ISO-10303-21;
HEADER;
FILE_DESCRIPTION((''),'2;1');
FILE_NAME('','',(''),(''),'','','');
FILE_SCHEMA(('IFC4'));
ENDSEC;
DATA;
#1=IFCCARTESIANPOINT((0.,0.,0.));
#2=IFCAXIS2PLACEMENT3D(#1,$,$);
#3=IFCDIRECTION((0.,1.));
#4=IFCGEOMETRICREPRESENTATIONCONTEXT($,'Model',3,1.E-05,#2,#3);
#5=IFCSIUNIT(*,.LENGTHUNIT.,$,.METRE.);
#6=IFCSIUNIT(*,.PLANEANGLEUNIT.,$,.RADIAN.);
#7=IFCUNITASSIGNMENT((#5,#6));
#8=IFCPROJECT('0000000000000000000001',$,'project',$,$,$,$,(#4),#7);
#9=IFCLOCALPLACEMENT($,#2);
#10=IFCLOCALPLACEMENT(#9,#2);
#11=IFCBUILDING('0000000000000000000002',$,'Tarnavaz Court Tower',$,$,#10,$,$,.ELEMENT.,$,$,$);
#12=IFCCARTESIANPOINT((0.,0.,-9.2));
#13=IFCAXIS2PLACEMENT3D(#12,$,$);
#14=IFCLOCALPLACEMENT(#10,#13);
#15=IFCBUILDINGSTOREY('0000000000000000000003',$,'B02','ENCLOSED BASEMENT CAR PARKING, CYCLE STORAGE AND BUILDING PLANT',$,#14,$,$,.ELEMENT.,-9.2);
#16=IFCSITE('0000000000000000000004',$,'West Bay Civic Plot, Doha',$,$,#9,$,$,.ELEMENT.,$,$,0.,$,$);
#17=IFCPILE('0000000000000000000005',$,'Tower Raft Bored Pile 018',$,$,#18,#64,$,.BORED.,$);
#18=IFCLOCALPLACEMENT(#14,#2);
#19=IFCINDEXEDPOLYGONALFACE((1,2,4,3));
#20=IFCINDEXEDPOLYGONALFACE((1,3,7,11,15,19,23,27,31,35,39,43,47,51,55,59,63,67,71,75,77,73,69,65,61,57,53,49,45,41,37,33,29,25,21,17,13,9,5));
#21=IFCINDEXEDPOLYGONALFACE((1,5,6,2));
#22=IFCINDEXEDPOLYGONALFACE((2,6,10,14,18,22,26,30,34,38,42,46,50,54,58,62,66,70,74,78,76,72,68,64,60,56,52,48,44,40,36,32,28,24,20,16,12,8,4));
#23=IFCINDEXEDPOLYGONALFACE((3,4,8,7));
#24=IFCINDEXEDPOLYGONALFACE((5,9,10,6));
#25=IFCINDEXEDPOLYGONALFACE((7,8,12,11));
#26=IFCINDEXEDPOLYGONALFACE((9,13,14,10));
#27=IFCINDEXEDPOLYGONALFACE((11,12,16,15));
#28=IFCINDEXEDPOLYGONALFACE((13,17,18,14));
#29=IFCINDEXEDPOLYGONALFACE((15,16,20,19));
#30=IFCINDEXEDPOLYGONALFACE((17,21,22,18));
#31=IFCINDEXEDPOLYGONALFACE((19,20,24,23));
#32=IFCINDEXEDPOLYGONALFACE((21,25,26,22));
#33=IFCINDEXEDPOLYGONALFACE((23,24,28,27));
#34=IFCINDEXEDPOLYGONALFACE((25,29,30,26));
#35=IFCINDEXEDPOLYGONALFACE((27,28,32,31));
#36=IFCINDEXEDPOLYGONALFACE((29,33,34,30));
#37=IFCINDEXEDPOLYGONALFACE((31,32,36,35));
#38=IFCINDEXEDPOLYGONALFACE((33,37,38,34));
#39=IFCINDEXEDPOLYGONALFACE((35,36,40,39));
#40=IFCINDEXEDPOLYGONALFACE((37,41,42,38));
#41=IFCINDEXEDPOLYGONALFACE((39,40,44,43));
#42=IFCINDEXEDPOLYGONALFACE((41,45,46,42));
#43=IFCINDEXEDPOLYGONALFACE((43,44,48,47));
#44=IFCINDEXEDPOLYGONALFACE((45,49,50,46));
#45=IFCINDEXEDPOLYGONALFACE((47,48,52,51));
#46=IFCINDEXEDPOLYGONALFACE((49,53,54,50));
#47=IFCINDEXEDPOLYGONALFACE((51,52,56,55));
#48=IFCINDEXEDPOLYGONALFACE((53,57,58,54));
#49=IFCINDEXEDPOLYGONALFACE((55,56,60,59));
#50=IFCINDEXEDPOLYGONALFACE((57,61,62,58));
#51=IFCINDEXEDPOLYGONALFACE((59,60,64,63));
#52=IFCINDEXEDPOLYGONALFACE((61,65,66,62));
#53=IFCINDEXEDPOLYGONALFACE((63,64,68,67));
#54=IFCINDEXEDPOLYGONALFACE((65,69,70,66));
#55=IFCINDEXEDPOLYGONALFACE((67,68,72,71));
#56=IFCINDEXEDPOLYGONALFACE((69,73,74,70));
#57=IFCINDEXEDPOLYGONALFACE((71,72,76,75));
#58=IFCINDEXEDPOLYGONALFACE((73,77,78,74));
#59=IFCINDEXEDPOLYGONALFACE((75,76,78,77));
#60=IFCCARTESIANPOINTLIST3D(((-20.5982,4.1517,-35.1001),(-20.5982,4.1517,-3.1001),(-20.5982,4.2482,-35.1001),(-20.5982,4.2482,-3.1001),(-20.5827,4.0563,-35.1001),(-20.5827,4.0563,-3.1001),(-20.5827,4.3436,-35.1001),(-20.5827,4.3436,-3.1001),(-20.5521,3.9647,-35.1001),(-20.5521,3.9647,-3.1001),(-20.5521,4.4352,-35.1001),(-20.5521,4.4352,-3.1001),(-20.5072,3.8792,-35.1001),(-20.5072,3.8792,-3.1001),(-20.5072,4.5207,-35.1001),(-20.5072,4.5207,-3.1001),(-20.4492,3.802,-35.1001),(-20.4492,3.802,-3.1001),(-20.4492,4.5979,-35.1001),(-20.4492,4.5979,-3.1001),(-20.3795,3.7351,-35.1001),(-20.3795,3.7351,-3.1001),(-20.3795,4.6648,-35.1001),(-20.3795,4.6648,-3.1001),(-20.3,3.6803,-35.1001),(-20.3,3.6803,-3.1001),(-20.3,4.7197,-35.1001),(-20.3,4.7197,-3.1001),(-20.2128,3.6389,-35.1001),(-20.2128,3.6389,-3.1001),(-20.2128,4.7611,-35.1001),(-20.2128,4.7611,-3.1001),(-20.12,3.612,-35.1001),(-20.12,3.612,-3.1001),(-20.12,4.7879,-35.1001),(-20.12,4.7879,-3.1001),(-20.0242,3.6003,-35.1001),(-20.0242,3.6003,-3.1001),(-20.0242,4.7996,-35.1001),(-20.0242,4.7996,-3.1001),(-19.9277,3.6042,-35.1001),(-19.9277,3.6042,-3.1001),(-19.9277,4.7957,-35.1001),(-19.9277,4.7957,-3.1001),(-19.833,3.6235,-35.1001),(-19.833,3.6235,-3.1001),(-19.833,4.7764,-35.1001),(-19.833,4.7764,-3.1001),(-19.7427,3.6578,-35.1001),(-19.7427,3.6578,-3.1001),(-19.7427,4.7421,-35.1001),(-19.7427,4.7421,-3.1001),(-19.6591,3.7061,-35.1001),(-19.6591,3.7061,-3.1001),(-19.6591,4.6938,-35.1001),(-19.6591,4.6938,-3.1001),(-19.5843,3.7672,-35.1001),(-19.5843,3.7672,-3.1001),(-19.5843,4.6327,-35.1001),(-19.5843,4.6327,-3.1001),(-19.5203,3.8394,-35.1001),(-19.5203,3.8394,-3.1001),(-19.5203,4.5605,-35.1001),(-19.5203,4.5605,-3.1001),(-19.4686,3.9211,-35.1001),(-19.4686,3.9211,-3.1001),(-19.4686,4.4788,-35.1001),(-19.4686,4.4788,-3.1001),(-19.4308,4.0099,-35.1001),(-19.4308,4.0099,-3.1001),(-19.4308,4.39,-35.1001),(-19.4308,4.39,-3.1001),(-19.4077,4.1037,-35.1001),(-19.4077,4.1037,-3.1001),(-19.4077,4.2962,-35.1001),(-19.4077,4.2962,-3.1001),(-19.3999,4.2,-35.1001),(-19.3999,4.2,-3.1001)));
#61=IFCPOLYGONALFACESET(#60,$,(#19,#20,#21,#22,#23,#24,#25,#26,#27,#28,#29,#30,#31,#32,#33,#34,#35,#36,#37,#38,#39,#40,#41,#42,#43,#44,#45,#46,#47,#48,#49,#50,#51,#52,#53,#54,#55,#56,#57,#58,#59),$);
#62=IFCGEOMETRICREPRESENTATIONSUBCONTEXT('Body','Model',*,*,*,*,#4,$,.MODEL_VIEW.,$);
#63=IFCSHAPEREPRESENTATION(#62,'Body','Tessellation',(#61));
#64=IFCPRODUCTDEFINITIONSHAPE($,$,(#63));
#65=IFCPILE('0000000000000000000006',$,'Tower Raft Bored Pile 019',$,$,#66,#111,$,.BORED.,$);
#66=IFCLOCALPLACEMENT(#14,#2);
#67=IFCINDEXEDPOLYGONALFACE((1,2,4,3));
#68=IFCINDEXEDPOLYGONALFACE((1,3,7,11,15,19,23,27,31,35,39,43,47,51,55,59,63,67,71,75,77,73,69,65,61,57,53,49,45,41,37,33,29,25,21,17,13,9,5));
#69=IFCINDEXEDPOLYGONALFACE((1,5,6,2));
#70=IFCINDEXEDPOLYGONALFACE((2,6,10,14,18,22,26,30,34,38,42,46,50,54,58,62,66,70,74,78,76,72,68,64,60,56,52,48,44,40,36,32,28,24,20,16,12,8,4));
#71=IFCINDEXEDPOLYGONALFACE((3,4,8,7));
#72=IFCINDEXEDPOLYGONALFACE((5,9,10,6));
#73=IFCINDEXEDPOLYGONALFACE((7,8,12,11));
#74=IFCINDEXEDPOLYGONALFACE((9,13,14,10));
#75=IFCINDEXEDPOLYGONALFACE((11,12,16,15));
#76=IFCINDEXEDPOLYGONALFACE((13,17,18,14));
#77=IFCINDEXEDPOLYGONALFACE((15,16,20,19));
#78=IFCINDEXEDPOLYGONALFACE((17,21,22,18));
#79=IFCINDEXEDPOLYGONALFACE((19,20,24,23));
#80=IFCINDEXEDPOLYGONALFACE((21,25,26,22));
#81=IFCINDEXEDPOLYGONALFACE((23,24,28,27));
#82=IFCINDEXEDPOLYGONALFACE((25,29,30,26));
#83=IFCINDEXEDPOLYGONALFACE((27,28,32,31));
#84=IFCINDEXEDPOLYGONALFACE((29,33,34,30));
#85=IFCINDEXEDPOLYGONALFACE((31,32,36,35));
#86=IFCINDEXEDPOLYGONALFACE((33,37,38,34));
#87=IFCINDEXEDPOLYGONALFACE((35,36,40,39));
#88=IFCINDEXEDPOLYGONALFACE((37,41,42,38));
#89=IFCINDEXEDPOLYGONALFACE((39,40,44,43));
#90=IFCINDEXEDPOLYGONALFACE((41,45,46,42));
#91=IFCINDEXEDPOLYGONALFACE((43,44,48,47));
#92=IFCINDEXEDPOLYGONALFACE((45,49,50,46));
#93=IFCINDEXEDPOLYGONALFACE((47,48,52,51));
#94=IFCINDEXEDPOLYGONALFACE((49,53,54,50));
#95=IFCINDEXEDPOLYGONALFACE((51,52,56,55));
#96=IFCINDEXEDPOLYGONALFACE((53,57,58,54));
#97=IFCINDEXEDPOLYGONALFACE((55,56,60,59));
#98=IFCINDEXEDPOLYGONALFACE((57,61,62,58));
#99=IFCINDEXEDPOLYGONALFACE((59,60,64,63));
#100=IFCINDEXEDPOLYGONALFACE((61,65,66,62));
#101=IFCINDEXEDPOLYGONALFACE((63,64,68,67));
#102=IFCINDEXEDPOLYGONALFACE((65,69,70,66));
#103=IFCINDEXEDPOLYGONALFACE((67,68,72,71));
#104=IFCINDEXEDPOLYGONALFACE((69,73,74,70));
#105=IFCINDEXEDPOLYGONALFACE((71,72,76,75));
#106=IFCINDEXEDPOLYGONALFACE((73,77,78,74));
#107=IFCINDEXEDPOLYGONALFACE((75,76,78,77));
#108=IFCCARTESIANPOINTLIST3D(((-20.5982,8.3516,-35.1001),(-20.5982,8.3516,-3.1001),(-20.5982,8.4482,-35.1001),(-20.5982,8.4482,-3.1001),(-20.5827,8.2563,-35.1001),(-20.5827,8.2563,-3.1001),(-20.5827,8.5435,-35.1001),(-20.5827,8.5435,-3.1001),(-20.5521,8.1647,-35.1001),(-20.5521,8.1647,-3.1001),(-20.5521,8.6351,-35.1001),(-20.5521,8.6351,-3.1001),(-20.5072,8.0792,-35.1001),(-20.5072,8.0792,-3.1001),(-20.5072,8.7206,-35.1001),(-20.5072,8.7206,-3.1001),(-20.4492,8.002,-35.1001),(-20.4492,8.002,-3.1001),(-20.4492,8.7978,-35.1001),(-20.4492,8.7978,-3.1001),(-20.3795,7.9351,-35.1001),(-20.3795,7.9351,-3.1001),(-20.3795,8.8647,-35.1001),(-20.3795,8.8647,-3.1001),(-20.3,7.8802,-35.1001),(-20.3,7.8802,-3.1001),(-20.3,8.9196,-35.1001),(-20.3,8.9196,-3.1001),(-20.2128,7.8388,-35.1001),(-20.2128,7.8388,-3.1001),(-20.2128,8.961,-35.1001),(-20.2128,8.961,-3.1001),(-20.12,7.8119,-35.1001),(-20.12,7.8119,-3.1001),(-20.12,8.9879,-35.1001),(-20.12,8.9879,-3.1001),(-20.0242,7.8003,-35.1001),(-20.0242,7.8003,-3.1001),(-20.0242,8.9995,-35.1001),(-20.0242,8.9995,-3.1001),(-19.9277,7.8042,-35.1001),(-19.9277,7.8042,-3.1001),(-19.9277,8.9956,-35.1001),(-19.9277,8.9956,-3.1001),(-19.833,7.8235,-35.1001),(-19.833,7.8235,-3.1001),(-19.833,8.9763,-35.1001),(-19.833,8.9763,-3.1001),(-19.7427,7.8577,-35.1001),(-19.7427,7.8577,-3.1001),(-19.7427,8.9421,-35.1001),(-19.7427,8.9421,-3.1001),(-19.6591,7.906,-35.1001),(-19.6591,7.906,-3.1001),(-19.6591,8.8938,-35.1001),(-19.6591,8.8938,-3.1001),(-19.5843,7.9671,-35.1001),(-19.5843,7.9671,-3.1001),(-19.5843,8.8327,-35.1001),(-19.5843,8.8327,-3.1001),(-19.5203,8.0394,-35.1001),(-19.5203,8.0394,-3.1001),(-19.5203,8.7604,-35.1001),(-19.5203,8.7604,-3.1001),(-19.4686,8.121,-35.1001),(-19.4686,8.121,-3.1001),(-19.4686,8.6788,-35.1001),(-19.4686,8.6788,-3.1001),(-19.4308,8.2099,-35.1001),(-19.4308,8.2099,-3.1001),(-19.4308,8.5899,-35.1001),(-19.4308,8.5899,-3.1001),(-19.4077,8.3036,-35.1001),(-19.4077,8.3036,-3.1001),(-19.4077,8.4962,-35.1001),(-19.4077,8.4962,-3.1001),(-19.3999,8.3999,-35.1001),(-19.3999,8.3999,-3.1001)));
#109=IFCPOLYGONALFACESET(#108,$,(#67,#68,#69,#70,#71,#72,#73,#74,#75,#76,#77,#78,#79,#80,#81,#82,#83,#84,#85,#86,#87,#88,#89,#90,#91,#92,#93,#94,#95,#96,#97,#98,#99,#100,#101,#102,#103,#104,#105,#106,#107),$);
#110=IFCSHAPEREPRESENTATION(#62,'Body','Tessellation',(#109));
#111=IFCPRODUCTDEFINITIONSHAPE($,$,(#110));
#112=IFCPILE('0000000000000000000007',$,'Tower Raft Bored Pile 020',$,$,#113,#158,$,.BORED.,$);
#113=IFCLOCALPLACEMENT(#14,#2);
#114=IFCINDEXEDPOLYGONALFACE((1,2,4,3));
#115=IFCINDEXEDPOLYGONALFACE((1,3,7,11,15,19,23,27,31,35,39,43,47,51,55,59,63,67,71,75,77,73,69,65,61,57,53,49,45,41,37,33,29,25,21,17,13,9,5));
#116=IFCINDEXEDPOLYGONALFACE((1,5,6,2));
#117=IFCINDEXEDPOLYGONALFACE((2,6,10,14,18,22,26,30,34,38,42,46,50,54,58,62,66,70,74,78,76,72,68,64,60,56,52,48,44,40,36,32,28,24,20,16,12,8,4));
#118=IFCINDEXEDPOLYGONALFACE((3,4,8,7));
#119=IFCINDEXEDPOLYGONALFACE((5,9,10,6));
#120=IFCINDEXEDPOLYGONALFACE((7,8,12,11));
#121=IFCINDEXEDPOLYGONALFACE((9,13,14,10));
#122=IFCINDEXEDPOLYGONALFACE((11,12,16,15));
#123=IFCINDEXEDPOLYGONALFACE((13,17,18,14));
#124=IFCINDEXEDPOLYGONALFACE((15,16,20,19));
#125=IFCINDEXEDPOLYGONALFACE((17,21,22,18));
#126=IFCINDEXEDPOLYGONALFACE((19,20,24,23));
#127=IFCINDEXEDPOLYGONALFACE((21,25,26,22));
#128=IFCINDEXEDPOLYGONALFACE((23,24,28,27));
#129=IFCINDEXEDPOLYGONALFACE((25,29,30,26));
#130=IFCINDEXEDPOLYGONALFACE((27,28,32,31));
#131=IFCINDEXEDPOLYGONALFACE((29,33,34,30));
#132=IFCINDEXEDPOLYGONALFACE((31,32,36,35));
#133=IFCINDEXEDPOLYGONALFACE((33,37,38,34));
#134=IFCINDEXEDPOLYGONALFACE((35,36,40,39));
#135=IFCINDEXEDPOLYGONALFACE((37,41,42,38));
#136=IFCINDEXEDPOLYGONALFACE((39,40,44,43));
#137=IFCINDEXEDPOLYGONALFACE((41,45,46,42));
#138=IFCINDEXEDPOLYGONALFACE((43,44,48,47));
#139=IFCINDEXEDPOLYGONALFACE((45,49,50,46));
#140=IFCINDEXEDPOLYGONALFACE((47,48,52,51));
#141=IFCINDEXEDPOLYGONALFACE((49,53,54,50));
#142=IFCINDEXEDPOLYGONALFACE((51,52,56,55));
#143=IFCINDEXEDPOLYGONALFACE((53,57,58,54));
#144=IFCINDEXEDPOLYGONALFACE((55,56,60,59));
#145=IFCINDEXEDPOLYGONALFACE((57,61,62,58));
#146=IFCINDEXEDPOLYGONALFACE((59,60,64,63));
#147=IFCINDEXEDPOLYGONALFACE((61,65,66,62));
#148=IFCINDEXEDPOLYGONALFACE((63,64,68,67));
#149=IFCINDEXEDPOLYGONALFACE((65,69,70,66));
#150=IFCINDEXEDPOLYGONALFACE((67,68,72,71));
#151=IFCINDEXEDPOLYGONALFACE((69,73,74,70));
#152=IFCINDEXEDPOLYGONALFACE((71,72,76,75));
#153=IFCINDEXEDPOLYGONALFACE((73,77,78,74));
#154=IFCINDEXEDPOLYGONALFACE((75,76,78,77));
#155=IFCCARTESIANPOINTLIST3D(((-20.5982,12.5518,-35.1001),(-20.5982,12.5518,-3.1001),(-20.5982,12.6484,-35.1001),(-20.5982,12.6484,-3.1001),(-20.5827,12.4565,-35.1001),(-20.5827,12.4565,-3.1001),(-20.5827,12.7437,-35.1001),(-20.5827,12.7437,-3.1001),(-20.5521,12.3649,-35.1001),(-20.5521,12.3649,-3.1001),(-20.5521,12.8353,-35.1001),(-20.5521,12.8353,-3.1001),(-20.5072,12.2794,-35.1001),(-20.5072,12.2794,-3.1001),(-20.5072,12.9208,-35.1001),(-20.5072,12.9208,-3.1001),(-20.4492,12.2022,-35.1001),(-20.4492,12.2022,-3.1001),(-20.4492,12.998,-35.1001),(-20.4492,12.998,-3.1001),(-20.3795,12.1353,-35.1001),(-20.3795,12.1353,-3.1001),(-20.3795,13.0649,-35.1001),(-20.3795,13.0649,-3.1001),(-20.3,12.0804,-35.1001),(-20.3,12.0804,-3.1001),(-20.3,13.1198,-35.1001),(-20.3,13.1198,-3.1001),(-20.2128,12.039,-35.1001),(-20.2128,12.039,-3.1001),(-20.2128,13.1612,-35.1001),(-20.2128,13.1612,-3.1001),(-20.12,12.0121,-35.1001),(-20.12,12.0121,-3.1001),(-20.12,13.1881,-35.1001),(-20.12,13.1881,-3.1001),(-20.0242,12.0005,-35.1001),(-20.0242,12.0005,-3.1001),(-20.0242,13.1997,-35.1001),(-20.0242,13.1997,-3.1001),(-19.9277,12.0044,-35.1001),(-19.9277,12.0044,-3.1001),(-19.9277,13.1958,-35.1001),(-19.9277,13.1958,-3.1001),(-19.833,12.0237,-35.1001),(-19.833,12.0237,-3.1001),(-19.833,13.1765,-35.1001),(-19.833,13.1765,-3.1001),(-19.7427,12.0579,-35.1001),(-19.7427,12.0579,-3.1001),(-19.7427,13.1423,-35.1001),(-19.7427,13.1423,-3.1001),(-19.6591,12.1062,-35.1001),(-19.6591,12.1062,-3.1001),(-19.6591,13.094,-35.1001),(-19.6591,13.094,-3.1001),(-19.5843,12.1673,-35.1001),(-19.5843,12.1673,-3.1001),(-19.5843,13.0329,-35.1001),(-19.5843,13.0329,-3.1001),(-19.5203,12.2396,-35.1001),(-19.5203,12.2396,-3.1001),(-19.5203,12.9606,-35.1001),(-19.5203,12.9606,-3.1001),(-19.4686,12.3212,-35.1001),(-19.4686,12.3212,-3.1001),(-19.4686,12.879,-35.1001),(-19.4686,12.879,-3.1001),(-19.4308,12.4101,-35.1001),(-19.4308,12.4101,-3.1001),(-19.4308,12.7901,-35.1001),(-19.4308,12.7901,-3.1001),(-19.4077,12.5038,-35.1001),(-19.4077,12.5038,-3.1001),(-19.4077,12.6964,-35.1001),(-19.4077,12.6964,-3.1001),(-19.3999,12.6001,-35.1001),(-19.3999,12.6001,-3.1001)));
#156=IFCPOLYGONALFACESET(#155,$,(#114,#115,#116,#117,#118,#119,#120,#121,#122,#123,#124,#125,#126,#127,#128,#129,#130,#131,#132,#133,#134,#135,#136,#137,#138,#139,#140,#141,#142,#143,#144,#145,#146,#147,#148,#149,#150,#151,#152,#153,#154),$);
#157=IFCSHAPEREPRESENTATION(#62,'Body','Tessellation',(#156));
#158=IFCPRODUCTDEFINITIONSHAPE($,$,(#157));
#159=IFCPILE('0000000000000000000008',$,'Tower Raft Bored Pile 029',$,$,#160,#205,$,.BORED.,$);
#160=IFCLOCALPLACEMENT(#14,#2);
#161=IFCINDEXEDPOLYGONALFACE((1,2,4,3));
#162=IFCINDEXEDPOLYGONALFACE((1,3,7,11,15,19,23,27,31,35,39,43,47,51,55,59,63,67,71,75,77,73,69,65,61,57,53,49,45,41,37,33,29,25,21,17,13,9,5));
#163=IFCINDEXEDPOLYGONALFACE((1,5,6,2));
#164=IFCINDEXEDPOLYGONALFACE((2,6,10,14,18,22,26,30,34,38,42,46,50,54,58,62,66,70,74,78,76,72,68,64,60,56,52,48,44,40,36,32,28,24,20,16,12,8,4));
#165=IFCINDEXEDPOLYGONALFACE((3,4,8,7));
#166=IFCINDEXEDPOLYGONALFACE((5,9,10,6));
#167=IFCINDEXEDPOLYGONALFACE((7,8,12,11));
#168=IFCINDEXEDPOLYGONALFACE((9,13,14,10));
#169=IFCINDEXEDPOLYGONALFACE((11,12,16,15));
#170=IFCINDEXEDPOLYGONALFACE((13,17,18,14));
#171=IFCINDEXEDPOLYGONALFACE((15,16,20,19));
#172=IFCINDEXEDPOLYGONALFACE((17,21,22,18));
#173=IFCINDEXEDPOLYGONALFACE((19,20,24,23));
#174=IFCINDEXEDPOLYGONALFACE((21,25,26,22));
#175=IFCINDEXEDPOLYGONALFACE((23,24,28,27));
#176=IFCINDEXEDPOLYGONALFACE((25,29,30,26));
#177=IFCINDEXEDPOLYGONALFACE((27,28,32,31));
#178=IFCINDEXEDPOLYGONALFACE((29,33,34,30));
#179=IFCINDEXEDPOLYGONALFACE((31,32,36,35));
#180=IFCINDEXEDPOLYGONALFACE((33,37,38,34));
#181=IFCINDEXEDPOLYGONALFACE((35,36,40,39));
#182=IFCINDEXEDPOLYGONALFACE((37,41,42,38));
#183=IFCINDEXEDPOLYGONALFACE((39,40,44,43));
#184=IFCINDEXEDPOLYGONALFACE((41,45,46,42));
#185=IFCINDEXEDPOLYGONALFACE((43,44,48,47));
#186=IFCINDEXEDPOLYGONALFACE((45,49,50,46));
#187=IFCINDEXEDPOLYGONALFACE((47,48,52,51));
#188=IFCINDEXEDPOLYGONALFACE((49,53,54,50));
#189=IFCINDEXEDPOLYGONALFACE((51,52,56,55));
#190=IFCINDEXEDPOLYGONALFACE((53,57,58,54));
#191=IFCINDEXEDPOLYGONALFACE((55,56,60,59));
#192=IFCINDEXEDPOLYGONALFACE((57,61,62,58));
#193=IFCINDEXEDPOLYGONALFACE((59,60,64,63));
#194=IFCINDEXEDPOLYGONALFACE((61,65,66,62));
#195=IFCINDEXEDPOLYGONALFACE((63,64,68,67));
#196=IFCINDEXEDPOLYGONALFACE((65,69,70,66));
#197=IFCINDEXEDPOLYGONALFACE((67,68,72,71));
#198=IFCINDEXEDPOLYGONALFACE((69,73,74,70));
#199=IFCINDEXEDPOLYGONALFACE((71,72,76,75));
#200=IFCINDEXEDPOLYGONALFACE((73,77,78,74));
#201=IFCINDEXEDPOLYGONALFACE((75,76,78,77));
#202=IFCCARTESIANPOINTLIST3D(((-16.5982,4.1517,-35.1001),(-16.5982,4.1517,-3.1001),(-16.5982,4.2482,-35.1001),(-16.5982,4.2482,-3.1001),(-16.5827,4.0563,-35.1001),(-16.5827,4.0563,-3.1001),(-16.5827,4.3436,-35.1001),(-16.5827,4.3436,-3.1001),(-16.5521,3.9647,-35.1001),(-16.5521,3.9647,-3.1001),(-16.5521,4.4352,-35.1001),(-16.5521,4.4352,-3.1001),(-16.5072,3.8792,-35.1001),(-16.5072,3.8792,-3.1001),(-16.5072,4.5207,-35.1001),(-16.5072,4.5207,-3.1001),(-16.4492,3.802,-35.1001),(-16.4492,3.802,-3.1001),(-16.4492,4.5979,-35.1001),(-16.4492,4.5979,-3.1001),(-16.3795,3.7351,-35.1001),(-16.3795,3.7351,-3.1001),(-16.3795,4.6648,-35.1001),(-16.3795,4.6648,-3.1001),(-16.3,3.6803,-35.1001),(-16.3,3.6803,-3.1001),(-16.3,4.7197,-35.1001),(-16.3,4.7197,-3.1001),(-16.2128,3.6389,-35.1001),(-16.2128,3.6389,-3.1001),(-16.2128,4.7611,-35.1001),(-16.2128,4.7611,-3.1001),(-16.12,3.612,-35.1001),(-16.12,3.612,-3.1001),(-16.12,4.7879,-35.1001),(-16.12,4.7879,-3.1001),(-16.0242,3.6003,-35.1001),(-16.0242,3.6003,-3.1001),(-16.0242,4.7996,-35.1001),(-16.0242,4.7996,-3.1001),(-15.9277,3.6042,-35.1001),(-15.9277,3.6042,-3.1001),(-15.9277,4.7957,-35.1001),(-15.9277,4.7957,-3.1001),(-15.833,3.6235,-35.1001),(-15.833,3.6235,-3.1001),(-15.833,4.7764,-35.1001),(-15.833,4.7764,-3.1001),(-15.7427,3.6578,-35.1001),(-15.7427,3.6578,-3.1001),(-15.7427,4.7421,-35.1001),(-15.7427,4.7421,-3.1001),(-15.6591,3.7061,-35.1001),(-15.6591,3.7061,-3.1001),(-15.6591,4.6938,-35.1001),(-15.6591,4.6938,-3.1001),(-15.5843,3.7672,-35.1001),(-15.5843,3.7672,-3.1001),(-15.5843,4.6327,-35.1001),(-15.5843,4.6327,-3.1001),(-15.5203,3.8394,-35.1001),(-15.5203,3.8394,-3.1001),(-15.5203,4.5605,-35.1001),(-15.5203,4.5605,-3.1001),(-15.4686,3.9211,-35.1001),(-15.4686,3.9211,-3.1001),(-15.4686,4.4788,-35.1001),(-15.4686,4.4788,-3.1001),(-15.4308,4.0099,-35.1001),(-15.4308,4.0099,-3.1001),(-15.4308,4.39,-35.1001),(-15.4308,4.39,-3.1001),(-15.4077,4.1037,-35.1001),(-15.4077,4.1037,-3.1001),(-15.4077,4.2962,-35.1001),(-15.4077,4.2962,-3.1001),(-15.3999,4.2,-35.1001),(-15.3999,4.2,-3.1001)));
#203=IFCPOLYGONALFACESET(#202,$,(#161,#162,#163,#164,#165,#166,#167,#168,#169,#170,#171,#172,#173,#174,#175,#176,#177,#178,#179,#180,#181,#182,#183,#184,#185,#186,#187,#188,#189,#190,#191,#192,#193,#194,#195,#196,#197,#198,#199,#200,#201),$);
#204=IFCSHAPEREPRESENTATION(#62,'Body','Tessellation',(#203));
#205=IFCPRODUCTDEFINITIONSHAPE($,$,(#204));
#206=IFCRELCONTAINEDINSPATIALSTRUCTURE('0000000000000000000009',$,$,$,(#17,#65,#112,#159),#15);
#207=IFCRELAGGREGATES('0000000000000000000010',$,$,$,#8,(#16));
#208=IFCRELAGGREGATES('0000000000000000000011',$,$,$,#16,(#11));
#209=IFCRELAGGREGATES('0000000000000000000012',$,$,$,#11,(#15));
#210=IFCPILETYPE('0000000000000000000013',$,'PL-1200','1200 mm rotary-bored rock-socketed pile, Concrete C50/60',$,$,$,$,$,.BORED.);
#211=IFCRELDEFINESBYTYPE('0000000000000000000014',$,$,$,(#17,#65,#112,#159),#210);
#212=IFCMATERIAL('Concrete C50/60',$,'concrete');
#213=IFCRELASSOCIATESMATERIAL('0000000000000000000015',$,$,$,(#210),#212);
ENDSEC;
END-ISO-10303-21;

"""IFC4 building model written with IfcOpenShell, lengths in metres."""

from ifc_helpers import new_model, si_unit, direction, frame, origin, origin_2d, place, context, subcontext, project, spatial, circle, extrude, material, material_profile, profile_set, type_object, element, save


model = new_model("IFC4")

# Units and contexts
model_context = context("Model", 3, precision=1e-05, world=origin(), true_north=direction((0.0, 1.0)))
body_context = subcontext(model_context, "Body", "Model", "MODEL_VIEW")
ifc_project = project(units=[si_unit("LENGTHUNIT", "METRE"), si_unit("PLANEANGLEUNIT", "RADIAN")], contexts=[model_context])

# Site, building, storey
site_placement = place(None, origin())
site = spatial("IfcSite", under=ifc_project, at=site_placement, Name="West Bay Civic Plot, Doha", CompositionType="ELEMENT", RefElevation=0.0)
building_placement = place(site_placement, origin())
building = spatial("IfcBuilding", under=site, at=building_placement, Name="Tarnavaz Court Tower", CompositionType="ELEMENT")
storey_placement = place(building_placement, frame((0.0, 0.0, -9.2)))
storey = spatial("IfcBuildingStorey", under=building, at=storey_placement, Name="B02", Description="ENCLOSED BASEMENT CAR PARKING, CYCLE STORAGE AND BUILDING PLANT", CompositionType="ELEMENT", Elevation=-9.2)

# Shared definitions
ifc_material_1 = material(Name="Concrete C50/60", Category="concrete")

# Piles
ifc_material_profile_1 = material_profile(ifc_material_1, circle(Radius=0.6001, at=origin_2d()), Name="PILE D1200")
ifc_profile_set_1 = profile_set([ifc_material_profile_1], Name="Concrete C50/60")
pile_type_1 = type_object("IfcPileType", Name="PL-1200", Description="1200 mm rotary-bored rock-socketed pile, Concrete C50/60", PredefinedType="BORED", material=ifc_profile_set_1)
for number, where, z_axis, x_axis, name in (
    (1, (-20.0, 4.2, -3.1001), (0.0, 0.0, -1.0), (1.0, 0.0, 0.0), "Tower Raft Bored Pile 018"),
    (2, (-20.0, 8.3999, -3.1001), (0.0, 0.0, -1.0), (1.0, 0.0, 0.0), "Tower Raft Bored Pile 019"),
    (3, (-20.0, 12.6001, -3.1001), (0.0, 0.0, -1.0), (1.0, 0.0, 0.0), "Tower Raft Bored Pile 020"),
    (4, (-16.0, 4.2, -3.1001), (0.0, 0.0, -1.0), (1.0, 0.0, 0.0), "Tower Raft Bored Pile 029"),
):
    element("IfcPile", number, at=place(storey_placement, frame(where, z_axis=z_axis, x_axis=x_axis)), inside=storey, type_object=pile_type_1, Name=name, PredefinedType="BORED", context=body_context, shape_type="SweptSolid", body=[
        extrude(circle(Radius=0.6001, at=origin_2d()), origin(), (0.0, 0.0, 1.0), 32.0),
    ])

save(model, "model.ifc")
